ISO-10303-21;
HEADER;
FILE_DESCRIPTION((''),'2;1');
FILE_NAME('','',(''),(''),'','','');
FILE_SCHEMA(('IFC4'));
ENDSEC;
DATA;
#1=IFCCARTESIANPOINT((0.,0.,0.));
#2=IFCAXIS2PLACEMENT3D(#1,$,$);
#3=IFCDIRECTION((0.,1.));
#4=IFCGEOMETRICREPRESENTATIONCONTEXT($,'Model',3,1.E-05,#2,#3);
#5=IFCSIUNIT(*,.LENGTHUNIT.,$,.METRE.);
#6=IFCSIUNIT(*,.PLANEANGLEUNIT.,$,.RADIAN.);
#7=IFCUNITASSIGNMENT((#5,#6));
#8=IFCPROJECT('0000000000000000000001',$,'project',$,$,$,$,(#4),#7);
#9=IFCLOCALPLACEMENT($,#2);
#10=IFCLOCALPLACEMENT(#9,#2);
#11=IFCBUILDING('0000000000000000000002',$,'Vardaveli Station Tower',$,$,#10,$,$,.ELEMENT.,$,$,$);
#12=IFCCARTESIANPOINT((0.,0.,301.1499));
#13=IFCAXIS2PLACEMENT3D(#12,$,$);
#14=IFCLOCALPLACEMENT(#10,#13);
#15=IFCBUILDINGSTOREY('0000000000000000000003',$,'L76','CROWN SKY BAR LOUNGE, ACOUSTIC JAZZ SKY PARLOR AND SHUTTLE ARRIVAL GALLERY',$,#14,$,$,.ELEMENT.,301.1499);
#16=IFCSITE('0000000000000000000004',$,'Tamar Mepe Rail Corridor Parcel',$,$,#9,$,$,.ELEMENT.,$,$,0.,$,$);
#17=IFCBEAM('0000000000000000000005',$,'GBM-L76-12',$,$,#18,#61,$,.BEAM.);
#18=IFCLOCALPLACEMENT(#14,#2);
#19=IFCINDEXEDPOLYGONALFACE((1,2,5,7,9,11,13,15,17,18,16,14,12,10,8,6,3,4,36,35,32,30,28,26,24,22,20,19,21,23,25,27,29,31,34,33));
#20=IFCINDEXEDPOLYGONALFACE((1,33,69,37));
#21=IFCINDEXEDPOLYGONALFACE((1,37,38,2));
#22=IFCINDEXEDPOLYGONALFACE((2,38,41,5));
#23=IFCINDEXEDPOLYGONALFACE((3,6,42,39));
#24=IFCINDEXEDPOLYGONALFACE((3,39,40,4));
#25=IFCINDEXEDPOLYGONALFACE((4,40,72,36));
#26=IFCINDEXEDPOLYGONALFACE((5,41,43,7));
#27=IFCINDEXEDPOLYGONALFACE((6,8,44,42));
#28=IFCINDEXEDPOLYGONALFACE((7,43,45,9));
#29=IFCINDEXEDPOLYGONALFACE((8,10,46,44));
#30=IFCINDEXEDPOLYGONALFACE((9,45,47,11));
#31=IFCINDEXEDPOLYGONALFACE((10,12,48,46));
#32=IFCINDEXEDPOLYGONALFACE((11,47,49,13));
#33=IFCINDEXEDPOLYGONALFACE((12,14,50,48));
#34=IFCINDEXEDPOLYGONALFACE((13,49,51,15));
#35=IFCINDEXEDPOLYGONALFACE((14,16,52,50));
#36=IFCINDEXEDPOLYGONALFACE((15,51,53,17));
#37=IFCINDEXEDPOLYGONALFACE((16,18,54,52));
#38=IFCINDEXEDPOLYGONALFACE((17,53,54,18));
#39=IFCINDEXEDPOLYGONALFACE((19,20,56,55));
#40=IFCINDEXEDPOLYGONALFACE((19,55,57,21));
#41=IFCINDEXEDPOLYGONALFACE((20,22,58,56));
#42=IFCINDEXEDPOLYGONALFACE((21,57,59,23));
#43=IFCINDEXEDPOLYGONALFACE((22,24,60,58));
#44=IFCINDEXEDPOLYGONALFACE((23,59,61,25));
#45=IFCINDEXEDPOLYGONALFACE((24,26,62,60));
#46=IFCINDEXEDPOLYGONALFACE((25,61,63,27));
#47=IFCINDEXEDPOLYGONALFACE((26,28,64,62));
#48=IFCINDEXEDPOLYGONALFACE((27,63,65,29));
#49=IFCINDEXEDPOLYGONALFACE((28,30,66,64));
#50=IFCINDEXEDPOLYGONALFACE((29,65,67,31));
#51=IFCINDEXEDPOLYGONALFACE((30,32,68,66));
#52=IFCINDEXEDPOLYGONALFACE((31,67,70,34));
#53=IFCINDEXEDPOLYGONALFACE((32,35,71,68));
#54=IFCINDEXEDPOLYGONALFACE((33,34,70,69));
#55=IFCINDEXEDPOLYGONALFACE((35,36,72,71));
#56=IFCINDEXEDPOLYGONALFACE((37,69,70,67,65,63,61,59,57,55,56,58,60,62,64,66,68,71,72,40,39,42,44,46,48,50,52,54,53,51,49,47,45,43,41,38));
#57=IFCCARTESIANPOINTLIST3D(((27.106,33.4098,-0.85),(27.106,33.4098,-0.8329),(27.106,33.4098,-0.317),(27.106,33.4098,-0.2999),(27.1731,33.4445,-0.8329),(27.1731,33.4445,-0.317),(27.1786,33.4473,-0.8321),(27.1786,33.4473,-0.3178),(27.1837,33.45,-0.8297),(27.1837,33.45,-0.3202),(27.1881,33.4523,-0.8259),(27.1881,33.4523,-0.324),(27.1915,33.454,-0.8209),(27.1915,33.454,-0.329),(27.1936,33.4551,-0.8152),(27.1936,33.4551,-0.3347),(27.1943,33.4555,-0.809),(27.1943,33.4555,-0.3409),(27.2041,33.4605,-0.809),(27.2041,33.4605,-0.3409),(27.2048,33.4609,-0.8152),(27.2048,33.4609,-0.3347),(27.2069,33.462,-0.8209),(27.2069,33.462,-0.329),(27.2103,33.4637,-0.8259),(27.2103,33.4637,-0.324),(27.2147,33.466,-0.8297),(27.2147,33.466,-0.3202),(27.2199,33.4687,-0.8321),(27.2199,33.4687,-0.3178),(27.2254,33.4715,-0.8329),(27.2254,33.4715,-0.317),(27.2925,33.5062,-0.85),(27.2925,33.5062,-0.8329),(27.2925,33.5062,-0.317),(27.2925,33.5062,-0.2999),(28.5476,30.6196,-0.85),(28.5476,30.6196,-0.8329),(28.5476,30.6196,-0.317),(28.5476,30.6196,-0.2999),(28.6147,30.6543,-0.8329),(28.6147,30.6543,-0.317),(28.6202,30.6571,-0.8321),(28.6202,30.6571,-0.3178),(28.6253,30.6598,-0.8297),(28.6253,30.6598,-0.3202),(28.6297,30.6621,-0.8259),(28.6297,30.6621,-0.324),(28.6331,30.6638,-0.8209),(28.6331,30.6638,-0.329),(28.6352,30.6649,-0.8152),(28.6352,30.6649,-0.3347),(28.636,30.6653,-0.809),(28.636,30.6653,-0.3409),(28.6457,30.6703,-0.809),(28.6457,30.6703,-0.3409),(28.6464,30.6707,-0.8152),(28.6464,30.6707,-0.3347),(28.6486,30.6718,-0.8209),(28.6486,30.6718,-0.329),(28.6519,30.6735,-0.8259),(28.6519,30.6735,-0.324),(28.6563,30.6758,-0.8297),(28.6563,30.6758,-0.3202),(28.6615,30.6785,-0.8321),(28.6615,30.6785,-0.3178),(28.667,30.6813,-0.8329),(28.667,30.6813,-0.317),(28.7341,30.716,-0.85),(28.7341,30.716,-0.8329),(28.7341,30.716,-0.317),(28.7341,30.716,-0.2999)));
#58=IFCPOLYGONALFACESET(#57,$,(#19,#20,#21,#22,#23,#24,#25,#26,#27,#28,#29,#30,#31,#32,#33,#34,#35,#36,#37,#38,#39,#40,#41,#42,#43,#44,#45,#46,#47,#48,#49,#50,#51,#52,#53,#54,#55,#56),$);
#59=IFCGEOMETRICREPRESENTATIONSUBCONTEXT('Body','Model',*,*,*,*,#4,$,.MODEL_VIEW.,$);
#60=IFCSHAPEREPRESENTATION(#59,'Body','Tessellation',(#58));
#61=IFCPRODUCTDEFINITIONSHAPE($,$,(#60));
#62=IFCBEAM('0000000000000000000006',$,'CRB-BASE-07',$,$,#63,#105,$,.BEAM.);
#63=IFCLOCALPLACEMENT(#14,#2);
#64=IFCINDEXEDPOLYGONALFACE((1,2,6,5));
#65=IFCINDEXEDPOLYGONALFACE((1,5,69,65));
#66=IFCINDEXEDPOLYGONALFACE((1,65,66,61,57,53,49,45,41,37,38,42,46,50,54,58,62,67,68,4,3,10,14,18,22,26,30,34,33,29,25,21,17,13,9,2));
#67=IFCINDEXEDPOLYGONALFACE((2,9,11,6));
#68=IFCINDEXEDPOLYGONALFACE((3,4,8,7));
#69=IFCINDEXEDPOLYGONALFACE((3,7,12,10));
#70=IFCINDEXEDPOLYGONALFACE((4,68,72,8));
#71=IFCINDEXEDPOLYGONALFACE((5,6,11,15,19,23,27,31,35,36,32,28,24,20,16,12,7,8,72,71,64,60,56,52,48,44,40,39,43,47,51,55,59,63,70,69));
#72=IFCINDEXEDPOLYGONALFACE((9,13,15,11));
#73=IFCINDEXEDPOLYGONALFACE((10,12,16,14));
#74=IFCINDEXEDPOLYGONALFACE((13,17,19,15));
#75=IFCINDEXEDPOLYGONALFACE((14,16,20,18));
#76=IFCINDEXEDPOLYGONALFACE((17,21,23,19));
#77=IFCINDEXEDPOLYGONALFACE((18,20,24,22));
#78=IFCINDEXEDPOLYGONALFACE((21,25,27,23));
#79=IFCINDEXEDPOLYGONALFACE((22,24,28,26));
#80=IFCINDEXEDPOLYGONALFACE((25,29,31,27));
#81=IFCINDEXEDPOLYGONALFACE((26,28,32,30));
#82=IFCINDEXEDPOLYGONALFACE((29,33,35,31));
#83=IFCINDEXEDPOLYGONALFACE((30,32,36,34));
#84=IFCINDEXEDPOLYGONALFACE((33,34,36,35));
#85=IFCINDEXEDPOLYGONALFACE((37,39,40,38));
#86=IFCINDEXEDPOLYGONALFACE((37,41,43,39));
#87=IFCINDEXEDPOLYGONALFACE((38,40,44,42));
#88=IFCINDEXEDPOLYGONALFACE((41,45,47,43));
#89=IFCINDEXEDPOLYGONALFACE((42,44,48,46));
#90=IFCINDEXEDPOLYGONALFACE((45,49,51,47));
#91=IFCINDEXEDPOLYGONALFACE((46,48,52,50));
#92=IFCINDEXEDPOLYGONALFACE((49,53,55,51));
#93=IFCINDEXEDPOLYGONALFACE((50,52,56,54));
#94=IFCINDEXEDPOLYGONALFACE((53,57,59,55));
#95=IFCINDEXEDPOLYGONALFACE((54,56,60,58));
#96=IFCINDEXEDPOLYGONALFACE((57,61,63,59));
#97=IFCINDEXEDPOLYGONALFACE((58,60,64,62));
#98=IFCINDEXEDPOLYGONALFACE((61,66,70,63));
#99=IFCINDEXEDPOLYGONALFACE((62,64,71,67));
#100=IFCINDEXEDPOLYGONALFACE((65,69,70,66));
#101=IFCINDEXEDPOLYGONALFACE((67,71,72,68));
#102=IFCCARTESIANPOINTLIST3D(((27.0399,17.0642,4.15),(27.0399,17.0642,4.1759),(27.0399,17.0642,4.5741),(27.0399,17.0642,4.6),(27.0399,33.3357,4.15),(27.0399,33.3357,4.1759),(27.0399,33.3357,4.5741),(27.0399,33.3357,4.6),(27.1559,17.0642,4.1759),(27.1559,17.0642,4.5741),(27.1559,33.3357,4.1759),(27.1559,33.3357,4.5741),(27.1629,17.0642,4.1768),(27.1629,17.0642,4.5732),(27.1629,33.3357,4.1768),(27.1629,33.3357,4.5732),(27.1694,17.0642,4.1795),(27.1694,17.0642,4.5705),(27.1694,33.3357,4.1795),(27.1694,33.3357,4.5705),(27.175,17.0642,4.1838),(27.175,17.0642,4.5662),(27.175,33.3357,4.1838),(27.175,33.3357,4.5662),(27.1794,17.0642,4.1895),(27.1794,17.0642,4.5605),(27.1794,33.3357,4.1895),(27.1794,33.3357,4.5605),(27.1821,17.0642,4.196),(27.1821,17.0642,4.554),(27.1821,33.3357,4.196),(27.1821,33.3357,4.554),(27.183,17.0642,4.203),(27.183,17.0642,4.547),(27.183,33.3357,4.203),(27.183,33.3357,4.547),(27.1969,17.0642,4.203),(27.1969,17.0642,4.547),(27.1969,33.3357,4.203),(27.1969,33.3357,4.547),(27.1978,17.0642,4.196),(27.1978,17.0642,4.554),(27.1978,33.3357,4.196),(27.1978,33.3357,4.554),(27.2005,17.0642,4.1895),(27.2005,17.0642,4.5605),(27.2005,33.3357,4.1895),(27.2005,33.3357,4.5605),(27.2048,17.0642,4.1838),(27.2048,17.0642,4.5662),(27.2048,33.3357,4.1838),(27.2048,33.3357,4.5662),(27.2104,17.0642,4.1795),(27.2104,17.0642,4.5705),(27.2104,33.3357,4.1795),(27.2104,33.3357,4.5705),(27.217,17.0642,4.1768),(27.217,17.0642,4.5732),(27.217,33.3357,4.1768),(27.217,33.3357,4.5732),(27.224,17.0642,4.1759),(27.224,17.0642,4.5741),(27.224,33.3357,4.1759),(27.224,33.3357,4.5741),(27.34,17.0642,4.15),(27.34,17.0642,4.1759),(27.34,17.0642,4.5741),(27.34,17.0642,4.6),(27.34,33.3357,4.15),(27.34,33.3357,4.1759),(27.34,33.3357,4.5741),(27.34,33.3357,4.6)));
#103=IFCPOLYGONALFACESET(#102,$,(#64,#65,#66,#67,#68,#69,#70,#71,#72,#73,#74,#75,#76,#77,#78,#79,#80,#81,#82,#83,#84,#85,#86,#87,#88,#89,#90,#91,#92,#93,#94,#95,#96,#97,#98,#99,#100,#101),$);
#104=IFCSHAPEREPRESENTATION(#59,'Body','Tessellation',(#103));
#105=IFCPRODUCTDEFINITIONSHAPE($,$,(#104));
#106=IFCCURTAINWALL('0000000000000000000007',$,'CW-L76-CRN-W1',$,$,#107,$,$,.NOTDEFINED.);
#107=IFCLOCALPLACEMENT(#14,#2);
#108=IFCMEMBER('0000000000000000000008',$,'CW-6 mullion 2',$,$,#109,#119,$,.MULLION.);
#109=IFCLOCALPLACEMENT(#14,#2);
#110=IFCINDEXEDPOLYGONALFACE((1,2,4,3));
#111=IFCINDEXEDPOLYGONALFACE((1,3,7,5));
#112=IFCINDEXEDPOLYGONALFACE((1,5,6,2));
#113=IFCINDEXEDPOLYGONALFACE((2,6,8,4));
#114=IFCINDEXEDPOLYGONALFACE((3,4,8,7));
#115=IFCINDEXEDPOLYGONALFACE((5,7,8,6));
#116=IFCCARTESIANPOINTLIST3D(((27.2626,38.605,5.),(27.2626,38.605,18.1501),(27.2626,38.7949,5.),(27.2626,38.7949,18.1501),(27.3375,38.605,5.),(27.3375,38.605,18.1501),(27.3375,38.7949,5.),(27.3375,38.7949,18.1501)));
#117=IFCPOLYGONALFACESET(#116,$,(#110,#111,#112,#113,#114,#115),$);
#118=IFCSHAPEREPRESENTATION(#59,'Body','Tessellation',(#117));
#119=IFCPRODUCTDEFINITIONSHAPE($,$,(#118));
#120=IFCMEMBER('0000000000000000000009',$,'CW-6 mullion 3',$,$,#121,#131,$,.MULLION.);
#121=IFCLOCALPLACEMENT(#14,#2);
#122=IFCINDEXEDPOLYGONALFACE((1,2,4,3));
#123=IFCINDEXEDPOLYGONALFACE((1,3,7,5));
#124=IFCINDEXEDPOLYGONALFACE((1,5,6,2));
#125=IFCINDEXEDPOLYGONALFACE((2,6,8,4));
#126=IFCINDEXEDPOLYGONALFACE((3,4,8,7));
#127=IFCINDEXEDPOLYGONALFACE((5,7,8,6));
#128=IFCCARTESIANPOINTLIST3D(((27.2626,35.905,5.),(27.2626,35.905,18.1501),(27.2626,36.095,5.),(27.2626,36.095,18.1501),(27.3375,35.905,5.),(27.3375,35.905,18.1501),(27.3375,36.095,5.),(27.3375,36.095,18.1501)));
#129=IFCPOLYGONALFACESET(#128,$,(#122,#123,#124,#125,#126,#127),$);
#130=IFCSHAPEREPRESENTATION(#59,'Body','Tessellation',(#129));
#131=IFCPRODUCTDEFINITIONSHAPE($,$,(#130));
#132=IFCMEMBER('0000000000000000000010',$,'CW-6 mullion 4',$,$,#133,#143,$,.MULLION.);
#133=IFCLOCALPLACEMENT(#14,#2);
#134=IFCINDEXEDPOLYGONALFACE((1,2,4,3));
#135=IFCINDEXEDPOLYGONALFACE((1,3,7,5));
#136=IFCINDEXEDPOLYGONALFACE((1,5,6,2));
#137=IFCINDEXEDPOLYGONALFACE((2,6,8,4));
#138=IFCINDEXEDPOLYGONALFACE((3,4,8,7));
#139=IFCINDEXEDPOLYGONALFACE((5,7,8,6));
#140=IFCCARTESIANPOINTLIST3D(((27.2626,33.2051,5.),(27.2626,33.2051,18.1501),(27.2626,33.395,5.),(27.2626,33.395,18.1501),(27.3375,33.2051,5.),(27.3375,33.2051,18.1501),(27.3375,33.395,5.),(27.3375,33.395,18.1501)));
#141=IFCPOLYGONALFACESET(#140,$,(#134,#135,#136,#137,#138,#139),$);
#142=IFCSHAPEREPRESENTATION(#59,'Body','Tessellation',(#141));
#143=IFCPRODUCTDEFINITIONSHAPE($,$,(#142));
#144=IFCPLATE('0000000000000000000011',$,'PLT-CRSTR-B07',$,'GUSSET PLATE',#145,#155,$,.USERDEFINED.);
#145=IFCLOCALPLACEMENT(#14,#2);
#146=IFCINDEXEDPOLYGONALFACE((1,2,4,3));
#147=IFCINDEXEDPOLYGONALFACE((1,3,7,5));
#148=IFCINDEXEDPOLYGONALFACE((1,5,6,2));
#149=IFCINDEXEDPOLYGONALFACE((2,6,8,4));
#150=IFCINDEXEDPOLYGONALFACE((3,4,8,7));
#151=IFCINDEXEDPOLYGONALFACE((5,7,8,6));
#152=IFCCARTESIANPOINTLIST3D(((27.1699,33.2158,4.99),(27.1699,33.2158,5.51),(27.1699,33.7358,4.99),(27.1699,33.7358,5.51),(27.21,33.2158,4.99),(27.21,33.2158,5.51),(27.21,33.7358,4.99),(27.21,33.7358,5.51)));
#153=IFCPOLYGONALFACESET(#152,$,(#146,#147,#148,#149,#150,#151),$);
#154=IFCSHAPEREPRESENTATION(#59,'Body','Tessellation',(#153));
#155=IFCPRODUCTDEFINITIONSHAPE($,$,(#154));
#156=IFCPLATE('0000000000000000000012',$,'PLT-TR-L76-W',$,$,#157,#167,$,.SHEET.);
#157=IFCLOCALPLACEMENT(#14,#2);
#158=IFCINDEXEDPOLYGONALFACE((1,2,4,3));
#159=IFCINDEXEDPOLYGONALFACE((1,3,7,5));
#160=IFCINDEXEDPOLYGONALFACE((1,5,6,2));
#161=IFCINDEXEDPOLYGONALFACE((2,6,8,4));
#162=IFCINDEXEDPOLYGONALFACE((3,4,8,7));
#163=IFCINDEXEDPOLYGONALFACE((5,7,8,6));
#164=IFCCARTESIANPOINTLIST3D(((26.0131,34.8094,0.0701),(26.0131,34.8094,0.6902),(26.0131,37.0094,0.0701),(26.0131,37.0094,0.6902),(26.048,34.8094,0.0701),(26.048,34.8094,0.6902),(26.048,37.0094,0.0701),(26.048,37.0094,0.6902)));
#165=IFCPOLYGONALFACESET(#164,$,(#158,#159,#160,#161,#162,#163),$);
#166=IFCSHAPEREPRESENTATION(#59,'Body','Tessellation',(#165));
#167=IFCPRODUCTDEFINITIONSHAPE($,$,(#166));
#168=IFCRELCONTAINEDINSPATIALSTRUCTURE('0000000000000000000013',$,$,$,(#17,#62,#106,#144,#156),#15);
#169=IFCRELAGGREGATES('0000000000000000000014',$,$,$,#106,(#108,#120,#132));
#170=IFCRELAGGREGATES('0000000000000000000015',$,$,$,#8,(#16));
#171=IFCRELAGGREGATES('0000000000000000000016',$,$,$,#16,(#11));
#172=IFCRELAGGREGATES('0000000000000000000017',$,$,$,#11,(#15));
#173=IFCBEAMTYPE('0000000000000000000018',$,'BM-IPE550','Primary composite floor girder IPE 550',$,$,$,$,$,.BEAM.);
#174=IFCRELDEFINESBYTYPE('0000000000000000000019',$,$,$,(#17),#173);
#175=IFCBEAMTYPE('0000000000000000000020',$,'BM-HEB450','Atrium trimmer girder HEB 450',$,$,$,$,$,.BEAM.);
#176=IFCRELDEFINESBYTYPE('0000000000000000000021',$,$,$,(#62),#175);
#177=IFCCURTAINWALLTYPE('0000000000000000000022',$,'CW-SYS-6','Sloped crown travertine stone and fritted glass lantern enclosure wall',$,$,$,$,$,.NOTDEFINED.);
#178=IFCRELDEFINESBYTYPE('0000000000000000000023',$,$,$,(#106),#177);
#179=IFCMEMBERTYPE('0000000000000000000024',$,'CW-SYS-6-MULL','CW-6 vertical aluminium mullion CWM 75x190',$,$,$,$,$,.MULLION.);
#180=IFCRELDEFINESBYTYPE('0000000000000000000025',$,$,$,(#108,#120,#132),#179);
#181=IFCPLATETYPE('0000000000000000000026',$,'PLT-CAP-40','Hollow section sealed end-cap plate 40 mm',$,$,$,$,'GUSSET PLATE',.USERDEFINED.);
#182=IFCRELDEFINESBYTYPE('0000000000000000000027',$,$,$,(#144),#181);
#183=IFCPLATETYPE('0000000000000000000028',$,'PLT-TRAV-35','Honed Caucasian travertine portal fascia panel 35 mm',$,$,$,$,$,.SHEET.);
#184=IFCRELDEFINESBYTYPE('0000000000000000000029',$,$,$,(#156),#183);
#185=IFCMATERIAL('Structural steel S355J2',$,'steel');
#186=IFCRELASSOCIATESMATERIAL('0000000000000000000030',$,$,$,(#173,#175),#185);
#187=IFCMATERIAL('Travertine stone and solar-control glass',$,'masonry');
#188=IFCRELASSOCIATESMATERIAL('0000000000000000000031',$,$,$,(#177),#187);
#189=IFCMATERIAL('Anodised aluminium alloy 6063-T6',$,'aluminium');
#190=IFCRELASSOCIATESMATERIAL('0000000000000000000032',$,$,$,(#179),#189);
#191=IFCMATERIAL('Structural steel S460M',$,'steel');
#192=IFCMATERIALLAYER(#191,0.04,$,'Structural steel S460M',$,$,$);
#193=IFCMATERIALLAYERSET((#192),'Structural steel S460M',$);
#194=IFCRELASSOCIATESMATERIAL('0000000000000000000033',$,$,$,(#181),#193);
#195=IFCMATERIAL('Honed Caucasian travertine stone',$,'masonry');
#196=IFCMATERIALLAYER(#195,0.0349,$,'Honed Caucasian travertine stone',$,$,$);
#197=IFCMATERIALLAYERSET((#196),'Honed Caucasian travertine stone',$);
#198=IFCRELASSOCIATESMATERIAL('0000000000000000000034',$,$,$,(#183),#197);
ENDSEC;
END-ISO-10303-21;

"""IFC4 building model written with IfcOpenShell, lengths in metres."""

from ifc_helpers import new_model, si_unit, direction, frame, origin, origin_2d, place, context, subcontext, project, spatial, rectangle, i_section, extrude, source, transform, mapped, material, layer, layer_set, material_profile, profile_set, type_object, element, aggregate, save


model = new_model("IFC4")

# Units and contexts
model_context = context("Model", 3, precision=1e-05, world=origin(), true_north=direction((0.0, 1.0)))
body_context = subcontext(model_context, "Body", "Model", "MODEL_VIEW")
ifc_project = project(units=[si_unit("LENGTHUNIT", "METRE"), si_unit("PLANEANGLEUNIT", "RADIAN")], contexts=[model_context])

# Site, building, storey
site_placement = place(None, origin())
site = spatial("IfcSite", under=ifc_project, at=site_placement, Name="Tamar Mepe Rail Corridor Parcel", CompositionType="ELEMENT", RefElevation=0.0)
building_placement = place(site_placement, origin())
building = spatial("IfcBuilding", under=site, at=building_placement, Name="Vardaveli Station Tower", CompositionType="ELEMENT")
storey_placement = place(building_placement, frame((0.0, 0.0, 301.1499)))
storey = spatial("IfcBuildingStorey", under=building, at=storey_placement, Name="L76", Description="CROWN SKY BAR LOUNGE, ACOUSTIC JAZZ SKY PARLOR AND SHUTTLE ARRIVAL GALLERY", CompositionType="ELEMENT", Elevation=301.1499)

# Shared definitions
ifc_material_1 = material(Name="Structural steel S355J2", Category="steel")

# Beams
ifc_material_profile_1 = material_profile(ifc_material_1, i_section(OverallWidth=0.21, OverallDepth=0.55, WebThickness=0.011, FlangeThickness=0.0171, FilletRadius=0.0239, at=origin_2d()), Name="IPE 550")
ifc_profile_set_1 = profile_set([ifc_material_profile_1], Name="Structural steel S355J2")
beam_type_1 = type_object("IfcBeamType", Name="BM-IPE550", Description="Primary composite floor girder IPE 550", PredefinedType="BEAM", material=ifc_profile_set_1)
shared_shape_1 = source(origin(), body_context, "Body", "SweptSolid", [
    extrude(i_section(OverallWidth=0.21, OverallDepth=0.55, WebThickness=0.011, FlangeThickness=0.0171, FilletRadius=0.0239, at=origin_2d()), origin(), (0.0, 0.0, 1.0), 3.1406),
])
beam_1_placement = place(storey_placement, frame((27.1992, 33.458, -0.575), z_axis=(0.459021, -0.888425, 0.0), x_axis=(0.888425, 0.459021, 0.0)))
element("IfcBeam", 1, at=beam_1_placement, inside=storey, type_object=beam_type_1, Name="GBM-L76-12", PredefinedType="BEAM", context=body_context, shape_type="MappedRepresentation", body=[
    mapped(shared_shape_1, transform((0.0, 0.0, 0.0), scale=1.0)),
])
ifc_material_profile_2 = material_profile(ifc_material_1, i_section(OverallWidth=0.3, OverallDepth=0.45, WebThickness=0.0139, FlangeThickness=0.0259, FilletRadius=0.0271, at=origin_2d()), Name="HEB 450")
ifc_profile_set_2 = profile_set([ifc_material_profile_2], Name="Structural steel S355J2")
beam_type_2 = type_object("IfcBeamType", Name="BM-HEB450", Description="Atrium trimmer girder HEB 450", PredefinedType="BEAM", material=ifc_profile_set_2)
shared_shape_2 = source(origin(), body_context, "Body", "SweptSolid", [
    extrude(i_section(OverallWidth=0.3, OverallDepth=0.45, WebThickness=0.0139, FlangeThickness=0.0259, FilletRadius=0.0271, at=origin_2d()), origin(), (0.0, 0.0, 1.0), 16.2715),
])
beam_2_placement = place(storey_placement, frame((27.1899, 33.3357, 4.375), z_axis=(0.0, -1.0, 0.0), x_axis=(1.0, 0.0, 0.0)))
element("IfcBeam", 2, at=beam_2_placement, inside=storey, type_object=beam_type_2, Name="CRB-BASE-07", PredefinedType="BEAM", context=body_context, shape_type="MappedRepresentation", body=[
    mapped(shared_shape_2, transform((0.0, 0.0, 0.0), scale=1.0)),
])

# Curtain wall, members
ifc_material_2 = material(Name="Travertine stone and solar-control glass", Category="masonry")
curtain_wall_type = type_object("IfcCurtainWallType", Name="CW-SYS-6", Description="Sloped crown travertine stone and fritted glass lantern enclosure wall", PredefinedType="NOTDEFINED", material=ifc_material_2)
curtain_wall_placement = place(storey_placement, origin())
curtain_wall = element("IfcCurtainWall", 3, at=curtain_wall_placement, inside=storey, type_object=curtain_wall_type, Name="CW-L76-CRN-W1", PredefinedType="NOTDEFINED")
ifc_material_3 = material(Name="Anodised aluminium alloy 6063-T6", Category="aluminium")
ifc_material_profile_3 = material_profile(ifc_material_3, rectangle(XDim=0.075, YDim=0.1899, at=origin_2d()), Name="CWM 75x190")
ifc_profile_set_3 = profile_set([ifc_material_profile_3], Name="Anodised aluminium alloy 6063-T6")
member_type = type_object("IfcMemberType", Name="CW-SYS-6-MULL", Description="CW-6 vertical aluminium mullion CWM 75x190", PredefinedType="MULLION", material=ifc_profile_set_3)
shared_shape_3 = source(origin(), body_context, "Body", "SweptSolid", [
    extrude(rectangle(XDim=0.075, YDim=0.1899, at=origin_2d()), origin(), (0.0, 0.0, 1.0), 13.1501),
])
member_1_placement = place(storey_placement, frame((27.3, 38.7, 5.0), z_axis=(0.0, 0.0, 1.0), x_axis=(1.0, 0.0, 0.0)))
member_1 = element("IfcMember", 4, at=member_1_placement, type_object=member_type, Name="CW-6 mullion 2", PredefinedType="MULLION", context=body_context, shape_type="MappedRepresentation", body=[
    mapped(shared_shape_3, transform((0.0, 0.0, 0.0), scale=1.0)),
])
member_2_placement = place(storey_placement, frame((27.3, 36.0, 5.0), z_axis=(0.0, 0.0, 1.0), x_axis=(1.0, 0.0, 0.0)))
member_2 = element("IfcMember", 5, at=member_2_placement, type_object=member_type, Name="CW-6 mullion 3", PredefinedType="MULLION", context=body_context, shape_type="MappedRepresentation", body=[
    mapped(shared_shape_3, transform((0.0, 0.0, 0.0), scale=1.0)),
])
member_3_placement = place(storey_placement, frame((27.3, 33.3, 5.0), z_axis=(0.0, 0.0, 1.0), x_axis=(1.0, 0.0, 0.0)))
member_3 = element("IfcMember", 6, at=member_3_placement, type_object=member_type, Name="CW-6 mullion 4", PredefinedType="MULLION", context=body_context, shape_type="MappedRepresentation", body=[
    mapped(shared_shape_3, transform((0.0, 0.0, 0.0), scale=1.0)),
])
aggregate(curtain_wall, [member_1, member_2, member_3])

# Plates
ifc_material_4 = material(Name="Structural steel S460M", Category="steel")
ifc_layer_1 = layer(ifc_material_4, 0.04, Name="Structural steel S460M")
ifc_layer_set_1 = layer_set([ifc_layer_1], Name="Structural steel S460M")
plate_type_1 = type_object("IfcPlateType", Name="PLT-CAP-40", Description="Hollow section sealed end-cap plate 40 mm", ElementType="GUSSET PLATE", PredefinedType="USERDEFINED", material=ifc_layer_set_1)
shared_shape_4 = source(origin(), body_context, "Body", "SweptSolid", [
    extrude(rectangle(XDim=0.52, YDim=0.04, at=origin_2d()), origin(), (0.0, 0.0, 1.0), 0.52),
])
plate_1_placement = place(storey_placement, frame((27.1899, 33.4758, 4.99), z_axis=(0.0, 0.0, 1.0), x_axis=(0.0, -1.0, 0.0)))
element("IfcPlate", 7, at=plate_1_placement, inside=storey, type_object=plate_type_1, Name="PLT-CRSTR-B07", ObjectType="GUSSET PLATE", PredefinedType="USERDEFINED", context=body_context, shape_type="MappedRepresentation", body=[
    mapped(shared_shape_4, transform((0.0, 0.0, 0.0), scale=1.0)),
])
ifc_material_5 = material(Name="Honed Caucasian travertine stone", Category="masonry")
ifc_layer_2 = layer(ifc_material_5, 0.0349, Name="Honed Caucasian travertine stone")
ifc_layer_set_2 = layer_set([ifc_layer_2], Name="Honed Caucasian travertine stone")
plate_type_2 = type_object("IfcPlateType", Name="PLT-TRAV-35", Description="Honed Caucasian travertine portal fascia panel 35 mm", PredefinedType="SHEET", material=ifc_layer_set_2)
shared_shape_5 = source(origin(), body_context, "Body", "SweptSolid", [
    extrude(rectangle(XDim=2.2, YDim=0.0349, at=origin_2d()), origin(), (0.0, 0.0, 1.0), 0.6201),
])
plate_2_placement = place(storey_placement, frame((26.0305, 35.9094, 0.0701), z_axis=(0.0, 0.0, 1.0), x_axis=(0.0, 1.0, 0.0)))
element("IfcPlate", 8, at=plate_2_placement, inside=storey, type_object=plate_type_2, Name="PLT-TR-L76-W", PredefinedType="SHEET", context=body_context, shape_type="MappedRepresentation", body=[
    mapped(shared_shape_5, transform((0.0, 0.0, 0.0), scale=1.0)),
])

save(model, "model.ifc")
